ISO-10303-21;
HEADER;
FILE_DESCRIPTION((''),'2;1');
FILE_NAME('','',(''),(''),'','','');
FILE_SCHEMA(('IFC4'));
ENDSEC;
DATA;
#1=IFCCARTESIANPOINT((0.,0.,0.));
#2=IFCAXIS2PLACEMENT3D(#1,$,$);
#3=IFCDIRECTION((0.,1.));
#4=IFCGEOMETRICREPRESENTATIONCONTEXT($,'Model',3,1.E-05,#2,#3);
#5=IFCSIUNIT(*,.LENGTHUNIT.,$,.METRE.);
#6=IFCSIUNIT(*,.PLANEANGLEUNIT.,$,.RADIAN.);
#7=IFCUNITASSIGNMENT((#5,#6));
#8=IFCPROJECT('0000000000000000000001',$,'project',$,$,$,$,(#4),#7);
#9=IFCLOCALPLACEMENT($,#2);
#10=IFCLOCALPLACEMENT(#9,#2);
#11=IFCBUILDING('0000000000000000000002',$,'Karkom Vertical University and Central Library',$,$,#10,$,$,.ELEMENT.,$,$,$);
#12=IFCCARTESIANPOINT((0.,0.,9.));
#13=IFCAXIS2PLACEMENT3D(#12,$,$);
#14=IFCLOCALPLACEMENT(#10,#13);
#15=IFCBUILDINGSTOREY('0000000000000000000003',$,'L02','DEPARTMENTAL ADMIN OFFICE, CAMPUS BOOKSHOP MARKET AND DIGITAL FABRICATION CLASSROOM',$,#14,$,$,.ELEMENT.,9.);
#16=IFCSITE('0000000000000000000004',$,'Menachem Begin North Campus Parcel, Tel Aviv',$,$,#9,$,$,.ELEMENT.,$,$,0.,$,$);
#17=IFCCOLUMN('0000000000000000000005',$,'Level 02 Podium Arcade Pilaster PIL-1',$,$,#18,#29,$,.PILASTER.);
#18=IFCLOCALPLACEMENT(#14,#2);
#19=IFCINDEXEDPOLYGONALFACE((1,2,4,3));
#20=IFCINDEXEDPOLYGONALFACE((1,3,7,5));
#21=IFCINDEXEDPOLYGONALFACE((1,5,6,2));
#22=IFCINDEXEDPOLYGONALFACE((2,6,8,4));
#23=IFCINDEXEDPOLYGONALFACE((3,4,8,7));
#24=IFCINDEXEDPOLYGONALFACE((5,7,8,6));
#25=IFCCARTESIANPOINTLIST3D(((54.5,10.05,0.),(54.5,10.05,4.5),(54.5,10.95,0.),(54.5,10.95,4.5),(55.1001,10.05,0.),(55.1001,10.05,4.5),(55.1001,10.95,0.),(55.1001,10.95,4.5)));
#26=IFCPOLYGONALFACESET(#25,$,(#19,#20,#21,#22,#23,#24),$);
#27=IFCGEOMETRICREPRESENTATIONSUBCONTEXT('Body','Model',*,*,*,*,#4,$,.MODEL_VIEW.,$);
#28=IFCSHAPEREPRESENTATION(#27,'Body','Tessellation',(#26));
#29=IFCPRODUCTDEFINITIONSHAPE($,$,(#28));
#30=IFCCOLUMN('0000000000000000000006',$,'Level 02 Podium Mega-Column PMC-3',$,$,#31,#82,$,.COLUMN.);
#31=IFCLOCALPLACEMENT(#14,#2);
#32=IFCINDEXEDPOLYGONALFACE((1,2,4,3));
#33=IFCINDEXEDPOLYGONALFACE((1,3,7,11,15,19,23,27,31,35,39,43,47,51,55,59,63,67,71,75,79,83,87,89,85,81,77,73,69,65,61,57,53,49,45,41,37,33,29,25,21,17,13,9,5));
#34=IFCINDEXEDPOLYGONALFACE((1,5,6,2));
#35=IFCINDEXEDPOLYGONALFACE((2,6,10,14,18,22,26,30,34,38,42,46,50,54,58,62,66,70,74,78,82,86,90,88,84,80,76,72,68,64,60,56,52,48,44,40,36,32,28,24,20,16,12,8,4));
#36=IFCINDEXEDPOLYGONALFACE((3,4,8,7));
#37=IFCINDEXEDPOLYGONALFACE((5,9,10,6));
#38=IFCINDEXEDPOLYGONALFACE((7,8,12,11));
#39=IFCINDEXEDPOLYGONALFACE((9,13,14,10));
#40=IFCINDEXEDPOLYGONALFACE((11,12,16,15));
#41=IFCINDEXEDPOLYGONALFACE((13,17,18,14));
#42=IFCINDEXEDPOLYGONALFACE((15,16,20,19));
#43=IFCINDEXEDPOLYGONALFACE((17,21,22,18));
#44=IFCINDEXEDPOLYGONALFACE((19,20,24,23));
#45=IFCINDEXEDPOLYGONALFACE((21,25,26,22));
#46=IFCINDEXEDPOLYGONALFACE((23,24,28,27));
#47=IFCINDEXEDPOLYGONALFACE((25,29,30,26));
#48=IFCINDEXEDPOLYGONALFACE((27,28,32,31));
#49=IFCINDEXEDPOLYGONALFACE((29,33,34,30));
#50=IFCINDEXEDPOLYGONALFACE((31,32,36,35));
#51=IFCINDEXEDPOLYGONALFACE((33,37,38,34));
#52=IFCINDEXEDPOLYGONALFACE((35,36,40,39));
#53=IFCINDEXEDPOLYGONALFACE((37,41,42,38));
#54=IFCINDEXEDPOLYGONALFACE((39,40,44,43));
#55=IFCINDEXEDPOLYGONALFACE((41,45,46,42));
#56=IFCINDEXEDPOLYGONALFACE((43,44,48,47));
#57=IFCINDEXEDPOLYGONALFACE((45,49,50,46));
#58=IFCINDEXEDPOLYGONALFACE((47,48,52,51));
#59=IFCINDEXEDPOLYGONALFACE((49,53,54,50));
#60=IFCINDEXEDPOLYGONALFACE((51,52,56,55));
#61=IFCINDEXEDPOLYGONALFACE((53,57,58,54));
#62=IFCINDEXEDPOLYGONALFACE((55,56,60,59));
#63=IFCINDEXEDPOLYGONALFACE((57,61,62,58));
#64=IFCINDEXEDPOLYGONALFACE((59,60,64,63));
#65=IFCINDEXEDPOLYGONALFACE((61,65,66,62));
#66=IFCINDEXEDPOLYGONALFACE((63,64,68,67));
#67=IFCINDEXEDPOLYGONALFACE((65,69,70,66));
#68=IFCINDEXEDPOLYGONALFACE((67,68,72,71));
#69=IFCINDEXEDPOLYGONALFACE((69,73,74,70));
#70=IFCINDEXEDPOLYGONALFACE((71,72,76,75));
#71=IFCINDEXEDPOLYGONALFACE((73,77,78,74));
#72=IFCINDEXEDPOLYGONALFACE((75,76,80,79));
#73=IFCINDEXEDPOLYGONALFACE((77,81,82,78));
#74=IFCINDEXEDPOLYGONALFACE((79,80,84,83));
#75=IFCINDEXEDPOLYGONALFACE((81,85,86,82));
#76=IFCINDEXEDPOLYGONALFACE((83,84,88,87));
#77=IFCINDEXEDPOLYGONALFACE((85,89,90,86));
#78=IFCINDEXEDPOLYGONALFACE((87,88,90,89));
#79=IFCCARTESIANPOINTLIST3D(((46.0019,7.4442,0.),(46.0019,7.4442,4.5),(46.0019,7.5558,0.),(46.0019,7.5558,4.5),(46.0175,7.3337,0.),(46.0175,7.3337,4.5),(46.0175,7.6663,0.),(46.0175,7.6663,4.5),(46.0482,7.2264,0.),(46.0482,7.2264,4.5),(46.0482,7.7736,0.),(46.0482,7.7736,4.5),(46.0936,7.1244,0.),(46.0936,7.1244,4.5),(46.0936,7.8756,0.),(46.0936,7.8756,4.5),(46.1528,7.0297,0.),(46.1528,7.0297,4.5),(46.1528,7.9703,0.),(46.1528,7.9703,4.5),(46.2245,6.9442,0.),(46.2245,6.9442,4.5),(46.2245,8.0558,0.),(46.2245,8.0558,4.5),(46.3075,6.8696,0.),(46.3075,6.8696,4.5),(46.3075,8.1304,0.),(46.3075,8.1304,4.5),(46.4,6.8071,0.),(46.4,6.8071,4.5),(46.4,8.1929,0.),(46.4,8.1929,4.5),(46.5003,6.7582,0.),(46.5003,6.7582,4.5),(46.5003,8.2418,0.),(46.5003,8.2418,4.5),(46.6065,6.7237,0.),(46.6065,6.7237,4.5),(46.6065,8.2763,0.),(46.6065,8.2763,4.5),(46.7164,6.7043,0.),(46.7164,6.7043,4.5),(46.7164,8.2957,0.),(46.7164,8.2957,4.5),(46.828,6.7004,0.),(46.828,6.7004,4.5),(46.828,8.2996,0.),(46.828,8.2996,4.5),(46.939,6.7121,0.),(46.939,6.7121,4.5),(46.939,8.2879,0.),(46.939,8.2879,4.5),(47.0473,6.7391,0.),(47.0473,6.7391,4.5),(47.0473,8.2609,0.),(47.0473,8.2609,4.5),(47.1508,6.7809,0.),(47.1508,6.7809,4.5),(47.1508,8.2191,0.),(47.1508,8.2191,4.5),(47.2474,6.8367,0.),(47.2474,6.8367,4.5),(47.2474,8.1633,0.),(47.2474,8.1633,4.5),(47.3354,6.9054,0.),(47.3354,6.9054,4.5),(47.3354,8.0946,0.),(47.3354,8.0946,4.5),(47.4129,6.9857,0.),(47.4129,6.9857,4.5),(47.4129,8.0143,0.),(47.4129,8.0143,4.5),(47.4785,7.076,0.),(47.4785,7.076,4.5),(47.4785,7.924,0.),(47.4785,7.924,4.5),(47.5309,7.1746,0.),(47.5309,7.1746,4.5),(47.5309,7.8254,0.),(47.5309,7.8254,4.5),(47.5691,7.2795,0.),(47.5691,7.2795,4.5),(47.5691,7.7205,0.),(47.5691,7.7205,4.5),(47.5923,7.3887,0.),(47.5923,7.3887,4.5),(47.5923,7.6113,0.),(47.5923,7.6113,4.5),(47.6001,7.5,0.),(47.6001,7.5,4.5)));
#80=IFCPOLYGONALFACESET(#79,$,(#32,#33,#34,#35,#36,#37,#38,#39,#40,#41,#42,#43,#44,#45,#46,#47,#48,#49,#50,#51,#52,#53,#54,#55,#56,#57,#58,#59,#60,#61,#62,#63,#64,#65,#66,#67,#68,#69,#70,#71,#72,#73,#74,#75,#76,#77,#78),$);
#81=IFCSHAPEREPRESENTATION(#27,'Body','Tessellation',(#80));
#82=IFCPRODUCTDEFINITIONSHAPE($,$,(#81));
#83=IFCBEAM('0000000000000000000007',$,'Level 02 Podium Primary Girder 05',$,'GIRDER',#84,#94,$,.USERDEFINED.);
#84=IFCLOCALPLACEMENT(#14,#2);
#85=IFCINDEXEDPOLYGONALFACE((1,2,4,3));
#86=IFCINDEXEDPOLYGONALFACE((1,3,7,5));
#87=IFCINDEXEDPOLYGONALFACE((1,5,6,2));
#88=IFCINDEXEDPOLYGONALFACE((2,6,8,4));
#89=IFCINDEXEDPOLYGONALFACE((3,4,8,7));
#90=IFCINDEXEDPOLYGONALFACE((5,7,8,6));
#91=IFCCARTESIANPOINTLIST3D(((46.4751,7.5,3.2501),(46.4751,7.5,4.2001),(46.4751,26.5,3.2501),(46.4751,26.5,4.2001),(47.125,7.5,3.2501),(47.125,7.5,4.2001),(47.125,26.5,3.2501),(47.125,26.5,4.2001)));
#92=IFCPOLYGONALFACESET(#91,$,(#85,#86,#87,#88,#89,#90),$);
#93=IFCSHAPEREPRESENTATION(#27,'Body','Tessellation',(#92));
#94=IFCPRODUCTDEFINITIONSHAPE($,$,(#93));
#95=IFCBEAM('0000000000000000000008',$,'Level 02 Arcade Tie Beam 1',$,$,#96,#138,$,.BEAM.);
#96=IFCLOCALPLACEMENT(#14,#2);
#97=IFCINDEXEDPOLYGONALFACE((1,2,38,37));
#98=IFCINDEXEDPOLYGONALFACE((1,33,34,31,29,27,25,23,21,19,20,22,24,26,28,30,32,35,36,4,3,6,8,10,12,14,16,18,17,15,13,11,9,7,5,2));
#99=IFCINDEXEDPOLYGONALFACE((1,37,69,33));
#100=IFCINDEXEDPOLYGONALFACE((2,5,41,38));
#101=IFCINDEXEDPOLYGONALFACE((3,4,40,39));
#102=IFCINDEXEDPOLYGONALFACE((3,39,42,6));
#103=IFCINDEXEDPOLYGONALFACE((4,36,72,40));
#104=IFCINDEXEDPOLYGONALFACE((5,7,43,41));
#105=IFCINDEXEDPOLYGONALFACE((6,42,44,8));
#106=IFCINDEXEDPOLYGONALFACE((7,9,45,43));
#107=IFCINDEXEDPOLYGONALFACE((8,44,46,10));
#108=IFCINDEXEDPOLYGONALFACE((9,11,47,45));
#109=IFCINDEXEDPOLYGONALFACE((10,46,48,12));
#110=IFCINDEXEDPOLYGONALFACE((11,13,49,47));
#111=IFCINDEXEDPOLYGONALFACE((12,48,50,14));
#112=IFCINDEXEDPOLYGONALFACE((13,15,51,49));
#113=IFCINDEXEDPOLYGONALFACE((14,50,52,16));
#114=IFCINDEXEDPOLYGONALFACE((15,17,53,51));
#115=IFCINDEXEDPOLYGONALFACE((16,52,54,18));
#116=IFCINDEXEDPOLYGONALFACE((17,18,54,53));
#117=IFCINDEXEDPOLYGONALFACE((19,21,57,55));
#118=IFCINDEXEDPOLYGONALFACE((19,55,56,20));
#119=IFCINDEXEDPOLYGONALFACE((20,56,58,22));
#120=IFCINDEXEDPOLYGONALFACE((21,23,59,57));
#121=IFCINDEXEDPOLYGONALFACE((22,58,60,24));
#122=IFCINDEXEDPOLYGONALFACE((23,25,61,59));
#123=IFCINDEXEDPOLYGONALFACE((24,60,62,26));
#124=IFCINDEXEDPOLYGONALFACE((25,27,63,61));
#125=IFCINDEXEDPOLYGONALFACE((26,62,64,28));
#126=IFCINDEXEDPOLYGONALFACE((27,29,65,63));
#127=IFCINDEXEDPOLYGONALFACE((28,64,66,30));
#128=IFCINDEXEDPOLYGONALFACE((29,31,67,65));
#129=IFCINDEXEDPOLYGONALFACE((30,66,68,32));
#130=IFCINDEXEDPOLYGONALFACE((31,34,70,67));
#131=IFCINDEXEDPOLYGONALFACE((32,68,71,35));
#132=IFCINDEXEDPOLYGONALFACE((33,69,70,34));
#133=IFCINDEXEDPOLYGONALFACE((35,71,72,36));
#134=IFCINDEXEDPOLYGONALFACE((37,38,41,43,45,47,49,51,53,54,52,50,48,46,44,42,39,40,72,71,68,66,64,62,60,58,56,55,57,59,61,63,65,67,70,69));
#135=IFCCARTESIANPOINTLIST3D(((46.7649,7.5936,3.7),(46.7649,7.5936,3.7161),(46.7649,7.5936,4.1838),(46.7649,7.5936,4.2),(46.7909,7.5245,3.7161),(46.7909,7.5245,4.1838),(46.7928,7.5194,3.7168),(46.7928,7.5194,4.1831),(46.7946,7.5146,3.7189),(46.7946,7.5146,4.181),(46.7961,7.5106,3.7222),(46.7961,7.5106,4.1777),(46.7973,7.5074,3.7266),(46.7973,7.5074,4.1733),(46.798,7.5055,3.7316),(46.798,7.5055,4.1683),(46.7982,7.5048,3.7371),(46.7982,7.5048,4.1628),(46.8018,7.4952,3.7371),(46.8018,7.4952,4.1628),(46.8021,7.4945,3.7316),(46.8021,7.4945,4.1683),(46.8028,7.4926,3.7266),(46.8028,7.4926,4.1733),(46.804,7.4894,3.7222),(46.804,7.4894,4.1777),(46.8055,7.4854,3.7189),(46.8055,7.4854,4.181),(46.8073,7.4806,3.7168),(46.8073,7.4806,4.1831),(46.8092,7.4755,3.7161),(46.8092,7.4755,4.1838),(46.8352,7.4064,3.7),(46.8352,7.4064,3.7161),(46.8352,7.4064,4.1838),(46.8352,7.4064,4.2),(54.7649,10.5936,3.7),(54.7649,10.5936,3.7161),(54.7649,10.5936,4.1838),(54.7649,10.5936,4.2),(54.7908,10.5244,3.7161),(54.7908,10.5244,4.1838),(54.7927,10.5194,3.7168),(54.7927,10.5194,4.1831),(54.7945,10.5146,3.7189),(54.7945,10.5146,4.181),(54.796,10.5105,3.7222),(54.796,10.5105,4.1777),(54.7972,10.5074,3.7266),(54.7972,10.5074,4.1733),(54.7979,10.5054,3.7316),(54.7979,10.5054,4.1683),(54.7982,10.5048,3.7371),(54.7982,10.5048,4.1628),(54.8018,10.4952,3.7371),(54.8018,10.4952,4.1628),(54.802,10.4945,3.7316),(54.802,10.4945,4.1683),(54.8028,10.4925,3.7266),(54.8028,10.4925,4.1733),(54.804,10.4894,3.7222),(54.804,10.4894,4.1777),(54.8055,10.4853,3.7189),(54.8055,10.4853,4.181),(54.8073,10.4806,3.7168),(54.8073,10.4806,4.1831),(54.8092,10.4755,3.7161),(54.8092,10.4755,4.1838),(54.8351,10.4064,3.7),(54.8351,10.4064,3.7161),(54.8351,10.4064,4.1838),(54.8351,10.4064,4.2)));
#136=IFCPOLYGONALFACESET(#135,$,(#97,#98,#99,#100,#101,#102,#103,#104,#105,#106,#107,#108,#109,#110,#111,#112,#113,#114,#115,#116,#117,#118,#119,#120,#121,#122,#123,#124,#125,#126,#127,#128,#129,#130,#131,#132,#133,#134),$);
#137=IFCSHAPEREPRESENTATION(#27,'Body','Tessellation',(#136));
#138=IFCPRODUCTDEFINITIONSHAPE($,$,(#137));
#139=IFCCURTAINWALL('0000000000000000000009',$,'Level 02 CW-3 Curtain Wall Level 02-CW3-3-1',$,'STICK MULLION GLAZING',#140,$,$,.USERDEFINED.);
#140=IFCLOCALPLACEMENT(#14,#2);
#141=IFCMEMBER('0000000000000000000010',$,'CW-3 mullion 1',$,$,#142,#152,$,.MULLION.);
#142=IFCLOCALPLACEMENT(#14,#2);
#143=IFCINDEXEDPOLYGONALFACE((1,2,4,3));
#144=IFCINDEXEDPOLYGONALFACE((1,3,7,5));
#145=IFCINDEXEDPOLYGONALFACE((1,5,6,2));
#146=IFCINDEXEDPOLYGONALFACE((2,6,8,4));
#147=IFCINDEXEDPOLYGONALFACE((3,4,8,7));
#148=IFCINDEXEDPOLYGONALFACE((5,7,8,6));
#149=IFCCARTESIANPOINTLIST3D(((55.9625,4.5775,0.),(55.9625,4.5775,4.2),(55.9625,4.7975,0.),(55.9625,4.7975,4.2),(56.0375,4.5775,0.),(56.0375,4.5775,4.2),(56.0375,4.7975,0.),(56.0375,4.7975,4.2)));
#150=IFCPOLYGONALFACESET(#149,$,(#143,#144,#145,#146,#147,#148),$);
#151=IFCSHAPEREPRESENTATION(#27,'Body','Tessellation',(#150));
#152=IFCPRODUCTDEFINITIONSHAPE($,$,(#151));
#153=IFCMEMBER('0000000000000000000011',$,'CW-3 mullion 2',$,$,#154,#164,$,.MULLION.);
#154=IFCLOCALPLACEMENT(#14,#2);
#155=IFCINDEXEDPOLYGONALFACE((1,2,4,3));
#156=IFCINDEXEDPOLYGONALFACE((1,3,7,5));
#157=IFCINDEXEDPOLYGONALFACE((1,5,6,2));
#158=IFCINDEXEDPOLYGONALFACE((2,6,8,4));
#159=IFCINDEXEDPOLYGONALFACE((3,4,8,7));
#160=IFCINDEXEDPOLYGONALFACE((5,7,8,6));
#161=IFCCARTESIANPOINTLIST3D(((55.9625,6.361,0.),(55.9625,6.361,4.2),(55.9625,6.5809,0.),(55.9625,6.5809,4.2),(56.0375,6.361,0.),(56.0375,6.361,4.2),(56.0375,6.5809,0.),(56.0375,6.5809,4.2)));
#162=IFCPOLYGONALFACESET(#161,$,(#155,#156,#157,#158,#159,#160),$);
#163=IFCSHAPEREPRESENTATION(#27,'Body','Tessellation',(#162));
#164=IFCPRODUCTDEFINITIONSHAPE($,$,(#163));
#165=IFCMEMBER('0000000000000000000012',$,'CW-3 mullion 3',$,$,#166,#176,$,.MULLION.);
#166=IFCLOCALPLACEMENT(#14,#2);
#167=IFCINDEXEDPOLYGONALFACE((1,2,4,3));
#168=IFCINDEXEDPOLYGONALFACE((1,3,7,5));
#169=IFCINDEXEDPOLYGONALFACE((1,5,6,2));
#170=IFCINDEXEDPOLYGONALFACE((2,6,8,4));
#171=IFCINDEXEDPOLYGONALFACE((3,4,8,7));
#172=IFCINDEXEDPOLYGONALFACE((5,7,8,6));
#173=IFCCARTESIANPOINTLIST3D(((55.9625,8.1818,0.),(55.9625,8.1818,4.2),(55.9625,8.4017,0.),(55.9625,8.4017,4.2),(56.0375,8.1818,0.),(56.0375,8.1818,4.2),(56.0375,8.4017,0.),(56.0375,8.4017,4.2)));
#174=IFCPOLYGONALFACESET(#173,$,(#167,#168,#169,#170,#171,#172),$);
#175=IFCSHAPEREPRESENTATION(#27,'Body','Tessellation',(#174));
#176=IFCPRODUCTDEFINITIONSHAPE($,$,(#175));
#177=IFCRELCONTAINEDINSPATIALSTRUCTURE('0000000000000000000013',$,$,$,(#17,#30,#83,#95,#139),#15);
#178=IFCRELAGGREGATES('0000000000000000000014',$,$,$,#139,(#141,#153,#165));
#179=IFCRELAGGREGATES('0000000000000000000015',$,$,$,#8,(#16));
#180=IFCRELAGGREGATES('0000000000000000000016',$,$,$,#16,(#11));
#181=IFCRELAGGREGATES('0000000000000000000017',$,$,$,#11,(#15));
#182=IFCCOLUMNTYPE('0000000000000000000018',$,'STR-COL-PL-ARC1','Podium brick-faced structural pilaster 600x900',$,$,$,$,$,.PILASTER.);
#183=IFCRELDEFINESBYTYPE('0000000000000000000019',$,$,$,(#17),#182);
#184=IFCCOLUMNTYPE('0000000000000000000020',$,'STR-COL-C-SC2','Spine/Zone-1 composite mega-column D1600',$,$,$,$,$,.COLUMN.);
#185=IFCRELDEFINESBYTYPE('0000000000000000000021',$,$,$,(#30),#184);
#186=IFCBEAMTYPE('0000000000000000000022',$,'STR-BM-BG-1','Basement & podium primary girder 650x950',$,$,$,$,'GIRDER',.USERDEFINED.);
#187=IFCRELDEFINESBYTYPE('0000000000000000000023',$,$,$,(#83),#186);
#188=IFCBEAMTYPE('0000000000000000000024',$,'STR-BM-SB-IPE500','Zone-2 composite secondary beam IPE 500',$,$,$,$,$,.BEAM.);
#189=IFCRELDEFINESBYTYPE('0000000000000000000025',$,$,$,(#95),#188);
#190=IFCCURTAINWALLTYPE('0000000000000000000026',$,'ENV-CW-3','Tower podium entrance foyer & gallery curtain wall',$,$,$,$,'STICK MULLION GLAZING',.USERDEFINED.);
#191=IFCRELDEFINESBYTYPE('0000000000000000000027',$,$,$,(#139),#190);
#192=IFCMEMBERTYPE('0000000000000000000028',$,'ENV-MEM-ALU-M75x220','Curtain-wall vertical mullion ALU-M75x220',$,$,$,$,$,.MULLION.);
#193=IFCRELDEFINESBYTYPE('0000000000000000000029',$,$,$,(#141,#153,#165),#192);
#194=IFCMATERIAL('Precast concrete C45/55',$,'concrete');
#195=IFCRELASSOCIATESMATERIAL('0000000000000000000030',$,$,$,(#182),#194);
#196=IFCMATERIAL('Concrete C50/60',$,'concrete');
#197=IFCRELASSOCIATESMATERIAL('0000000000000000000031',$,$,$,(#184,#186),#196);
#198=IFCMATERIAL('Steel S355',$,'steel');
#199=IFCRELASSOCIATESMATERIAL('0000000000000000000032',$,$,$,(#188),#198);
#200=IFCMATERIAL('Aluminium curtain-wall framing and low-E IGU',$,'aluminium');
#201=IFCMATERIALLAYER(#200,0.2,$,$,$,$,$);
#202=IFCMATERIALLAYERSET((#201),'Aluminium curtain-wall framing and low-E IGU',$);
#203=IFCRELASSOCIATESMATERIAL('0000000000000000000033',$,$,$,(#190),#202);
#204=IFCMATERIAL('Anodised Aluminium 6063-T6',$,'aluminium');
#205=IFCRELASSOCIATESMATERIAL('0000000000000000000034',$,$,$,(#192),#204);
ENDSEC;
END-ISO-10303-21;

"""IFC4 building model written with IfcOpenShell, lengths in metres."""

from ifc_helpers import new_model, si_unit, direction, frame, origin, origin_with_axes, origin_2d, place, context, subcontext, project, spatial, rectangle, circle, i_section, extrude, source, transform, mapped, material, layer, layer_set, material_profile, profile_set, type_object, element, aggregate, save


model = new_model("IFC4")

# Units and contexts
model_context = context("Model", 3, precision=1e-05, world=origin(), true_north=direction((0.0, 1.0)))
body_context = subcontext(model_context, "Body", "Model", "MODEL_VIEW")
ifc_project = project(units=[si_unit("LENGTHUNIT", "METRE"), si_unit("PLANEANGLEUNIT", "RADIAN")], contexts=[model_context])

# Site, building, storey
site_placement = place(None, origin())
site = spatial("IfcSite", under=ifc_project, at=site_placement, Name="Menachem Begin North Campus Parcel, Tel Aviv", CompositionType="ELEMENT", RefElevation=0.0)
building_placement = place(site_placement, origin())
building = spatial("IfcBuilding", under=site, at=building_placement, Name="Karkom Vertical University and Central Library", CompositionType="ELEMENT")
storey_placement = place(building_placement, frame((0.0, 0.0, 9.0)))
storey = spatial("IfcBuildingStorey", under=building, at=storey_placement, Name="L02", Description="DEPARTMENTAL ADMIN OFFICE, CAMPUS BOOKSHOP MARKET AND DIGITAL FABRICATION CLASSROOM", CompositionType="ELEMENT", Elevation=9.0)

# Columns
ifc_material_1 = material(Name="Precast concrete C45/55", Category="concrete")
ifc_material_profile_1 = material_profile(ifc_material_1, rectangle(XDim=0.6001, YDim=0.8999, at=origin_2d()), Name="PIL-600x900")
ifc_profile_set_1 = profile_set([ifc_material_profile_1], Name="Precast concrete C45/55")
column_type_1 = type_object("IfcColumnType", Name="STR-COL-PL-ARC1", Description="Podium brick-faced structural pilaster 600x900", PredefinedType="PILASTER", material=ifc_profile_set_1)
shared_shape_1 = source(origin_with_axes(), body_context, "Body", "SweptSolid", [
    extrude(rectangle(XDim=0.6001, YDim=0.8999, at=origin_2d()), origin(), (0.0, 0.0, 1.0), 4.5),
])
column_1_placement = place(storey_placement, frame((54.8, 10.5, 0.0), z_axis=(0.0, 0.0, 1.0), x_axis=(1.0, 0.0, 0.0)))
element("IfcColumn", 1, at=column_1_placement, inside=storey, type_object=column_type_1, Name="Level 02 Podium Arcade Pilaster PIL-1", PredefinedType="PILASTER", context=body_context, shape_type="MappedRepresentation", body=[
    mapped(shared_shape_1, transform((0.0, 0.0, 0.0), scale=1.0)),
])
ifc_material_2 = material(Name="Concrete C50/60", Category="concrete")
ifc_material_profile_2 = material_profile(ifc_material_2, circle(Radius=0.8, at=origin_2d()), Name="CFT-D1600")
ifc_profile_set_2 = profile_set([ifc_material_profile_2], Name="Concrete C50/60")
column_type_2 = type_object("IfcColumnType", Name="STR-COL-C-SC2", Description="Spine/Zone-1 composite mega-column D1600", PredefinedType="COLUMN", material=ifc_profile_set_2)
shared_shape_2 = source(origin_with_axes(), body_context, "Body", "SweptSolid", [
    extrude(circle(Radius=0.8, at=origin_2d()), origin(), (0.0, 0.0, 1.0), 4.5),
])
column_2_placement = place(storey_placement, frame((46.8, 7.5, 0.0), z_axis=(0.0, 0.0, 1.0), x_axis=(1.0, 0.0, 0.0)))
element("IfcColumn", 2, at=column_2_placement, inside=storey, type_object=column_type_2, Name="Level 02 Podium Mega-Column PMC-3", PredefinedType="COLUMN", context=body_context, shape_type="MappedRepresentation", body=[
    mapped(shared_shape_2, transform((0.0, 0.0, 0.0), scale=1.0)),
])

# Beams
ifc_material_profile_3 = material_profile(ifc_material_2, rectangle(XDim=0.6499, YDim=0.95, at=origin_2d()), Name="RCG-650x950")
ifc_profile_set_3 = profile_set([ifc_material_profile_3], Name="Concrete C50/60")
beam_type_1 = type_object("IfcBeamType", Name="STR-BM-BG-1", Description="Basement & podium primary girder 650x950", ElementType="GIRDER", PredefinedType="USERDEFINED", material=ifc_profile_set_3)
shared_shape_3 = source(origin_with_axes(), body_context, "Body", "SweptSolid", [
    extrude(rectangle(XDim=0.6499, YDim=0.95, at=origin_2d()), origin(), (0.0, 0.0, 1.0), 19.0),
])
beam_1_placement = place(storey_placement, frame((46.8, 7.5, 3.7251), z_axis=(0.0, 1.0, 0.0), x_axis=(-1.0, 0.0, 0.0)))
element("IfcBeam", 3, at=beam_1_placement, inside=storey, type_object=beam_type_1, Name="Level 02 Podium Primary Girder 05", ObjectType="GIRDER", PredefinedType="USERDEFINED", context=body_context, shape_type="MappedRepresentation", body=[
    mapped(shared_shape_3, transform((0.0, 0.0, 0.0), scale=1.0)),
])
ifc_material_3 = material(Name="Steel S355", Category="steel")
ifc_material_profile_4 = material_profile(ifc_material_3, i_section(OverallWidth=0.2, OverallDepth=0.5, WebThickness=0.0103, FlangeThickness=0.0161, FilletRadius=0.021, at=origin_2d()), Name="IPE 500")
ifc_profile_set_4 = profile_set([ifc_material_profile_4], Name="Steel S355")
beam_type_2 = type_object("IfcBeamType", Name="STR-BM-SB-IPE500", Description="Zone-2 composite secondary beam IPE 500", PredefinedType="BEAM", material=ifc_profile_set_4)
shared_shape_4 = source(origin_with_axes(), body_context, "Body", "SweptSolid", [
    extrude(i_section(OverallWidth=0.2, OverallDepth=0.5, WebThickness=0.0103, FlangeThickness=0.0161, FilletRadius=0.021, at=origin_2d()), origin(), (0.0, 0.0, 1.0), 8.5439),
])
beam_2_placement = place(storey_placement, frame((46.8, 7.5, 3.95), z_axis=(0.936329, 0.351123, 0.0), x_axis=(-0.351123, 0.936329, 0.0)))
element("IfcBeam", 4, at=beam_2_placement, inside=storey, type_object=beam_type_2, Name="Level 02 Arcade Tie Beam 1", PredefinedType="BEAM", context=body_context, shape_type="MappedRepresentation", body=[
    mapped(shared_shape_4, transform((0.0, 0.0, 0.0), scale=1.0)),
])

# Curtain wall, members
ifc_material_4 = material(Name="Aluminium curtain-wall framing and low-E IGU", Category="aluminium")
ifc_layer_1 = layer(ifc_material_4, 0.2)
ifc_layer_set_1 = layer_set([ifc_layer_1], Name="Aluminium curtain-wall framing and low-E IGU")
curtain_wall_type = type_object("IfcCurtainWallType", Name="ENV-CW-3", Description="Tower podium entrance foyer & gallery curtain wall", ElementType="STICK MULLION GLAZING", PredefinedType="USERDEFINED", material=ifc_layer_set_1)
curtain_wall_placement = place(storey_placement, origin())
curtain_wall = element("IfcCurtainWall", 5, at=curtain_wall_placement, inside=storey, type_object=curtain_wall_type, Name="Level 02 CW-3 Curtain Wall Level 02-CW3-3-1", ObjectType="STICK MULLION GLAZING", PredefinedType="USERDEFINED")
ifc_material_5 = material(Name="Anodised Aluminium 6063-T6", Category="aluminium")
ifc_material_profile_5 = material_profile(ifc_material_5, rectangle(XDim=0.075, YDim=0.22, at=origin_2d()), Name="ALU-M75x220")
ifc_profile_set_5 = profile_set([ifc_material_profile_5], Name="Anodised Aluminium 6063-T6")
member_type_1 = type_object("IfcMemberType", Name="ENV-MEM-ALU-M75x220", Description="Curtain-wall vertical mullion ALU-M75x220", PredefinedType="MULLION", material=ifc_profile_set_5)
shared_shape_5 = source(origin_with_axes(), body_context, "Body", "SweptSolid", [
    extrude(rectangle(XDim=0.075, YDim=0.22, at=origin_2d()), origin(), (0.0, 0.0, 1.0), 4.2),
])
member_1_placement = place(storey_placement, frame((56.0, 4.6875, 0.0), z_axis=(0.0, 0.0, 1.0), x_axis=(-1.0, 0.0, 0.0)))
member_1 = element("IfcMember", 6, at=member_1_placement, type_object=member_type_1, Name="CW-3 mullion 1", PredefinedType="MULLION", context=body_context, shape_type="MappedRepresentation", body=[
    mapped(shared_shape_5, transform((0.0, 0.0, 0.0), scale=1.0)),
])
member_2_placement = place(storey_placement, frame((56.0, 6.4709, 0.0), z_axis=(0.0, 0.0, 1.0), x_axis=(-1.0, 0.0, 0.0)))
member_2 = element("IfcMember", 7, at=member_2_placement, type_object=member_type_1, Name="CW-3 mullion 2", PredefinedType="MULLION", context=body_context, shape_type="MappedRepresentation", body=[
    mapped(shared_shape_5, transform((0.0, 0.0, 0.0), scale=1.0)),
])
member_3_placement = place(storey_placement, frame((56.0, 8.2917, 0.0), z_axis=(0.0, 0.0, 1.0), x_axis=(-1.0, 0.0, 0.0)))
member_3 = element("IfcMember", 8, at=member_3_placement, type_object=member_type_1, Name="CW-3 mullion 3", PredefinedType="MULLION", context=body_context, shape_type="MappedRepresentation", body=[
    mapped(shared_shape_5, transform((0.0, 0.0, 0.0), scale=1.0)),
])
aggregate(curtain_wall, [member_1, member_2, member_3])

save(model, "model.ifc")
